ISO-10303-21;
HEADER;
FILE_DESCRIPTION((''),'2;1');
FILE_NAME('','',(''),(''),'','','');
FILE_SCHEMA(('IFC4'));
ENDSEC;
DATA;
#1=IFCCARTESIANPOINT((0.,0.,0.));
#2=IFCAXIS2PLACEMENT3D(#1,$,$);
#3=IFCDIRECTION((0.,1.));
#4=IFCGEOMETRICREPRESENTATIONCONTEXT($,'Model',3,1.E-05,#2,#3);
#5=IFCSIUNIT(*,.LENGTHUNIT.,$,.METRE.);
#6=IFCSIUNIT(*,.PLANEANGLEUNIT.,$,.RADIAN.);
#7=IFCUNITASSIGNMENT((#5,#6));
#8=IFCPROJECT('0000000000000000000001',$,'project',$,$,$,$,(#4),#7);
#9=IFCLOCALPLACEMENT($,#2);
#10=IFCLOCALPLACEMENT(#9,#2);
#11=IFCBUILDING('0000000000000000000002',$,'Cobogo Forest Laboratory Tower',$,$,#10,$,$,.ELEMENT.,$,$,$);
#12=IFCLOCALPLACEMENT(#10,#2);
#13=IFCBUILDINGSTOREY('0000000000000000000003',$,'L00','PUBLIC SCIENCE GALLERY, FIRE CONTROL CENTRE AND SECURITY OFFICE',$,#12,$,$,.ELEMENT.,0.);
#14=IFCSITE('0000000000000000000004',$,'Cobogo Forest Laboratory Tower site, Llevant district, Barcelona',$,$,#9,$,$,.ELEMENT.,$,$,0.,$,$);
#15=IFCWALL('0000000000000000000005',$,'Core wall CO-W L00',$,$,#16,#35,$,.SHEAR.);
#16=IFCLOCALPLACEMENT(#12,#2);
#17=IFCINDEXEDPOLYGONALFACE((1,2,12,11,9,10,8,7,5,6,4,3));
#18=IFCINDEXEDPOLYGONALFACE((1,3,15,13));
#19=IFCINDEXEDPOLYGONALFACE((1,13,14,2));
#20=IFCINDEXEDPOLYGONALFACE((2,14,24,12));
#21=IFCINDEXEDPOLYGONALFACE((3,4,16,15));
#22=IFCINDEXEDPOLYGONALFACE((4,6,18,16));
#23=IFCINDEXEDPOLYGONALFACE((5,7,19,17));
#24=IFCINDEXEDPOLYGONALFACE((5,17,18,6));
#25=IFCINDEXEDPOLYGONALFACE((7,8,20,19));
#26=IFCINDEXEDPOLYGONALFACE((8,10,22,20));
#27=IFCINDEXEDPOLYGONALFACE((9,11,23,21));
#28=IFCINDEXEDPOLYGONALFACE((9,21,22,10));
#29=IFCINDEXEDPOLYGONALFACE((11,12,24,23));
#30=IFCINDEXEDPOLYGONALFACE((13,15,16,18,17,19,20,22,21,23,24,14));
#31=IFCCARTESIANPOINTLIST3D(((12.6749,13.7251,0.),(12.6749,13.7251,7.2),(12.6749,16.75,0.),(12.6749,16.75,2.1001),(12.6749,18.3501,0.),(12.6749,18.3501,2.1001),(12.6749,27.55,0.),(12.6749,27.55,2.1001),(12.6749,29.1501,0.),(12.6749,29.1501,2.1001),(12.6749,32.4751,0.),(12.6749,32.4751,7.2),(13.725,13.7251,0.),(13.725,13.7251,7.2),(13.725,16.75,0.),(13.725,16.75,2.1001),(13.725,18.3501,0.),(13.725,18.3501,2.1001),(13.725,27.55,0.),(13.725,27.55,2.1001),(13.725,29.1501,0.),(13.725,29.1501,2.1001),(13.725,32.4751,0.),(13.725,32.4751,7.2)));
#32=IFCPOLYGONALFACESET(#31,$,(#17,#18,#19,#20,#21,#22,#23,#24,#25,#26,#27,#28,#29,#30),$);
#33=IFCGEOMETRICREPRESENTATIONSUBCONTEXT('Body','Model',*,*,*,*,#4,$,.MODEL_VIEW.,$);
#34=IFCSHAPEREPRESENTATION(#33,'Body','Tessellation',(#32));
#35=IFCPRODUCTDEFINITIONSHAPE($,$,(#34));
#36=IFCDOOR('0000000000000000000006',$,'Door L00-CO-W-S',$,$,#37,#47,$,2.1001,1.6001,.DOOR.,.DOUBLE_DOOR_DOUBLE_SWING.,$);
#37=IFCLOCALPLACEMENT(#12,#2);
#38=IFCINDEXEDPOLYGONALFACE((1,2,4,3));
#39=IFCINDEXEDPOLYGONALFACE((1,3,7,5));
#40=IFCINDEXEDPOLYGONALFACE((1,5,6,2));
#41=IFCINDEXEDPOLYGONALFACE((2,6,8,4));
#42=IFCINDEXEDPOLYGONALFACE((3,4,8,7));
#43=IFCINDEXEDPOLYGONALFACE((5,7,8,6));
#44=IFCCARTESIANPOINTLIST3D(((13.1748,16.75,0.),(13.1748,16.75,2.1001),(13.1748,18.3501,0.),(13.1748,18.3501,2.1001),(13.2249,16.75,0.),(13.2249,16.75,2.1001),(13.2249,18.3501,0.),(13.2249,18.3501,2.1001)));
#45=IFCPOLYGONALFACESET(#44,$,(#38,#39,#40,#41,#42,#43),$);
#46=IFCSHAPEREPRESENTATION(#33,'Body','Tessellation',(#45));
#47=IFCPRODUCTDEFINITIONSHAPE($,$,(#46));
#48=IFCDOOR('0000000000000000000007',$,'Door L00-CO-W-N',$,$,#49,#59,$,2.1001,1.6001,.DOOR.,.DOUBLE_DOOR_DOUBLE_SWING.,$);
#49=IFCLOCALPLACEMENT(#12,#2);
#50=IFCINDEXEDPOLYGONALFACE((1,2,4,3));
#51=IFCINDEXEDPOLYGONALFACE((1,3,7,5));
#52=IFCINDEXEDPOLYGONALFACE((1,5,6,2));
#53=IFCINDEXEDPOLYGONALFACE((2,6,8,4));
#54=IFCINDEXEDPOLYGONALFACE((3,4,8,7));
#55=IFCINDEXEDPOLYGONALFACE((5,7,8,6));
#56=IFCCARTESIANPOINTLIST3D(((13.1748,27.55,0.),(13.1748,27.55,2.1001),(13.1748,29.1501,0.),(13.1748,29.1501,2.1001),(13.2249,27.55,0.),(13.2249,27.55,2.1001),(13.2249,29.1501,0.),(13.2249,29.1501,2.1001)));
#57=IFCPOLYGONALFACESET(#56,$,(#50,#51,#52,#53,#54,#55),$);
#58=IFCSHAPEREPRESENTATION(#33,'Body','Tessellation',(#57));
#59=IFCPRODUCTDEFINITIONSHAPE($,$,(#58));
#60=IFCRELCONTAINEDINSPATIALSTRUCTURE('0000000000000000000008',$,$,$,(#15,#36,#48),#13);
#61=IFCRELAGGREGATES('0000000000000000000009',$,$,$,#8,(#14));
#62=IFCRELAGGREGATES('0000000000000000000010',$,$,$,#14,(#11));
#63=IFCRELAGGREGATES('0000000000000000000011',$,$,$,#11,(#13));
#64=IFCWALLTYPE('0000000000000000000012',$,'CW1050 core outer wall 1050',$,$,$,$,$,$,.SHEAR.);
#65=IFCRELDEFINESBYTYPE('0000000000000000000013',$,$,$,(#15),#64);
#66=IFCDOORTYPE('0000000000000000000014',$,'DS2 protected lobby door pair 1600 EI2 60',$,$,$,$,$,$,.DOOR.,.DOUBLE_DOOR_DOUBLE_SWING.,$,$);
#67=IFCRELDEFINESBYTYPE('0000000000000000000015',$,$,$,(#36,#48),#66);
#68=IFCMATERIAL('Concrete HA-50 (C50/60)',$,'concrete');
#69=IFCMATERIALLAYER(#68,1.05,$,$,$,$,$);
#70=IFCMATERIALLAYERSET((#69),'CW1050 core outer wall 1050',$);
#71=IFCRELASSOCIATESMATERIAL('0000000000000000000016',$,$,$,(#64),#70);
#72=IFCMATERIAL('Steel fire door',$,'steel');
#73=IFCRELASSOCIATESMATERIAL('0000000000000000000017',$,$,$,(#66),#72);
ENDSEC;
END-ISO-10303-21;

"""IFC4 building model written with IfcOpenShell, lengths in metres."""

from ifc_helpers import new_model, si_unit, direction, frame, frame_2d, origin, place, context, subcontext, project, spatial, rectangle, extrude, material, layer, layer_set, type_object, element, fill, save


model = new_model("IFC4")

# Units and contexts
model_context = context("Model", 3, precision=1e-05, world=origin(), true_north=direction((0.0, 1.0)))
body_context = subcontext(model_context, "Body", "Model", "MODEL_VIEW")
ifc_project = project(units=[si_unit("LENGTHUNIT", "METRE"), si_unit("PLANEANGLEUNIT", "RADIAN")], contexts=[model_context])

# Site, building, storey
site_placement = place(None, origin())
site = spatial("IfcSite", under=ifc_project, at=site_placement, Name="Cobogo Forest Laboratory Tower site, Llevant district, Barcelona", CompositionType="ELEMENT", RefElevation=0.0)
building_placement = place(site_placement, origin())
building = spatial("IfcBuilding", under=site, at=building_placement, Name="Cobogo Forest Laboratory Tower", CompositionType="ELEMENT")
storey_placement = place(building_placement, origin())
storey = spatial("IfcBuildingStorey", under=building, at=storey_placement, Name="L00", Description="PUBLIC SCIENCE GALLERY, FIRE CONTROL CENTRE AND SECURITY OFFICE", CompositionType="ELEMENT", Elevation=0.0)

# Wall, openings, doors
ifc_material_1 = material(Name="Concrete HA-50 (C50/60)", Category="concrete")
ifc_material_2 = material(Name="Steel fire door", Category="steel")
ifc_layer_1 = layer(ifc_material_1, 1.05)
ifc_layer_set_1 = layer_set([ifc_layer_1], Name="CW1050 core outer wall 1050")
wall_type_1 = type_object("IfcWallType", Name="CW1050 core outer wall 1050", PredefinedType="SHEAR", material=ifc_layer_set_1)
wall_1_placement = place(storey_placement, frame((13.2, 32.4751, 0.0), z_axis=(0.0, 0.0, 1.0), x_axis=(0.0, -1.0, 0.0)))
wall_1 = element("IfcWall", 1, at=wall_1_placement, inside=storey, type_object=wall_type_1, Name="Core wall CO-W L00", PredefinedType="SHEAR", context=body_context, shape_type="SweptSolid", body=[
    extrude(rectangle(XDim=18.75, YDim=1.05, at=frame_2d((9.375, 0.0))), origin(), (0.0, 0.0, 1.0), 7.2),
])
opening_1_placement = place(wall_1_placement, frame((14.125, 0.0, 0.0)))
opening_1 = element("IfcOpeningElement", 2, at=opening_1_placement, cuts=wall_1, PredefinedType="OPENING", context=body_context, shape_type="SweptSolid", body=[
    extrude(rectangle(XDim=1.6001, YDim=2.1001, at=frame_2d((0.8, 1.05))), frame((0.0, 0.5349, 0.0), z_axis=(0.0, -1.0, 0.0), x_axis=(1.0, 0.0, 0.0)), (0.0, 0.0, 1.0), 1.0701),
])
opening_2_placement = place(wall_1_placement, frame((3.325, 0.0, 0.0)))
opening_2 = element("IfcOpeningElement", 3, at=opening_2_placement, cuts=wall_1, PredefinedType="OPENING", context=body_context, shape_type="SweptSolid", body=[
    extrude(rectangle(XDim=1.6001, YDim=2.1001, at=frame_2d((0.8, 1.05))), frame((0.0, 0.5349, 0.0), z_axis=(0.0, -1.0, 0.0), x_axis=(1.0, 0.0, 0.0)), (0.0, 0.0, 1.0), 1.0701),
])
door_type_1 = type_object("IfcDoorType", Name="DS2 protected lobby door pair 1600 EI2 60", OperationType="DOUBLE_DOOR_DOUBLE_SWING", PredefinedType="DOOR", material=ifc_material_2)
door_1_placement = place(opening_1_placement, origin())
door_1 = element("IfcDoor", 4, at=door_1_placement, inside=storey, type_object=door_type_1, Name="Door L00-CO-W-S", OperationType="DOUBLE_DOOR_DOUBLE_SWING", OverallHeight=2.1001, OverallWidth=1.6001, PredefinedType="DOOR", context=body_context, shape_type="SweptSolid", body=[
    extrude(rectangle(XDim=1.6001, YDim=2.1001, at=frame_2d((0.8, 1.05))), frame((0.0, 0.0249, 0.0), z_axis=(0.0, -1.0, 0.0), x_axis=(1.0, 0.0, 0.0)), (0.0, 0.0, 1.0), 0.05),
])
fill(opening_1, door_1)
door_2_placement = place(opening_2_placement, origin())
door_2 = element("IfcDoor", 5, at=door_2_placement, inside=storey, type_object=door_type_1, Name="Door L00-CO-W-N", OperationType="DOUBLE_DOOR_DOUBLE_SWING", OverallHeight=2.1001, OverallWidth=1.6001, PredefinedType="DOOR", context=body_context, shape_type="SweptSolid", body=[
    extrude(rectangle(XDim=1.6001, YDim=2.1001, at=frame_2d((0.8, 1.05))), frame((0.0, 0.0249, 0.0), z_axis=(0.0, -1.0, 0.0), x_axis=(1.0, 0.0, 0.0)), (0.0, 0.0, 1.0), 0.05),
])
fill(opening_2, door_2)

save(model, "model.ifc")
